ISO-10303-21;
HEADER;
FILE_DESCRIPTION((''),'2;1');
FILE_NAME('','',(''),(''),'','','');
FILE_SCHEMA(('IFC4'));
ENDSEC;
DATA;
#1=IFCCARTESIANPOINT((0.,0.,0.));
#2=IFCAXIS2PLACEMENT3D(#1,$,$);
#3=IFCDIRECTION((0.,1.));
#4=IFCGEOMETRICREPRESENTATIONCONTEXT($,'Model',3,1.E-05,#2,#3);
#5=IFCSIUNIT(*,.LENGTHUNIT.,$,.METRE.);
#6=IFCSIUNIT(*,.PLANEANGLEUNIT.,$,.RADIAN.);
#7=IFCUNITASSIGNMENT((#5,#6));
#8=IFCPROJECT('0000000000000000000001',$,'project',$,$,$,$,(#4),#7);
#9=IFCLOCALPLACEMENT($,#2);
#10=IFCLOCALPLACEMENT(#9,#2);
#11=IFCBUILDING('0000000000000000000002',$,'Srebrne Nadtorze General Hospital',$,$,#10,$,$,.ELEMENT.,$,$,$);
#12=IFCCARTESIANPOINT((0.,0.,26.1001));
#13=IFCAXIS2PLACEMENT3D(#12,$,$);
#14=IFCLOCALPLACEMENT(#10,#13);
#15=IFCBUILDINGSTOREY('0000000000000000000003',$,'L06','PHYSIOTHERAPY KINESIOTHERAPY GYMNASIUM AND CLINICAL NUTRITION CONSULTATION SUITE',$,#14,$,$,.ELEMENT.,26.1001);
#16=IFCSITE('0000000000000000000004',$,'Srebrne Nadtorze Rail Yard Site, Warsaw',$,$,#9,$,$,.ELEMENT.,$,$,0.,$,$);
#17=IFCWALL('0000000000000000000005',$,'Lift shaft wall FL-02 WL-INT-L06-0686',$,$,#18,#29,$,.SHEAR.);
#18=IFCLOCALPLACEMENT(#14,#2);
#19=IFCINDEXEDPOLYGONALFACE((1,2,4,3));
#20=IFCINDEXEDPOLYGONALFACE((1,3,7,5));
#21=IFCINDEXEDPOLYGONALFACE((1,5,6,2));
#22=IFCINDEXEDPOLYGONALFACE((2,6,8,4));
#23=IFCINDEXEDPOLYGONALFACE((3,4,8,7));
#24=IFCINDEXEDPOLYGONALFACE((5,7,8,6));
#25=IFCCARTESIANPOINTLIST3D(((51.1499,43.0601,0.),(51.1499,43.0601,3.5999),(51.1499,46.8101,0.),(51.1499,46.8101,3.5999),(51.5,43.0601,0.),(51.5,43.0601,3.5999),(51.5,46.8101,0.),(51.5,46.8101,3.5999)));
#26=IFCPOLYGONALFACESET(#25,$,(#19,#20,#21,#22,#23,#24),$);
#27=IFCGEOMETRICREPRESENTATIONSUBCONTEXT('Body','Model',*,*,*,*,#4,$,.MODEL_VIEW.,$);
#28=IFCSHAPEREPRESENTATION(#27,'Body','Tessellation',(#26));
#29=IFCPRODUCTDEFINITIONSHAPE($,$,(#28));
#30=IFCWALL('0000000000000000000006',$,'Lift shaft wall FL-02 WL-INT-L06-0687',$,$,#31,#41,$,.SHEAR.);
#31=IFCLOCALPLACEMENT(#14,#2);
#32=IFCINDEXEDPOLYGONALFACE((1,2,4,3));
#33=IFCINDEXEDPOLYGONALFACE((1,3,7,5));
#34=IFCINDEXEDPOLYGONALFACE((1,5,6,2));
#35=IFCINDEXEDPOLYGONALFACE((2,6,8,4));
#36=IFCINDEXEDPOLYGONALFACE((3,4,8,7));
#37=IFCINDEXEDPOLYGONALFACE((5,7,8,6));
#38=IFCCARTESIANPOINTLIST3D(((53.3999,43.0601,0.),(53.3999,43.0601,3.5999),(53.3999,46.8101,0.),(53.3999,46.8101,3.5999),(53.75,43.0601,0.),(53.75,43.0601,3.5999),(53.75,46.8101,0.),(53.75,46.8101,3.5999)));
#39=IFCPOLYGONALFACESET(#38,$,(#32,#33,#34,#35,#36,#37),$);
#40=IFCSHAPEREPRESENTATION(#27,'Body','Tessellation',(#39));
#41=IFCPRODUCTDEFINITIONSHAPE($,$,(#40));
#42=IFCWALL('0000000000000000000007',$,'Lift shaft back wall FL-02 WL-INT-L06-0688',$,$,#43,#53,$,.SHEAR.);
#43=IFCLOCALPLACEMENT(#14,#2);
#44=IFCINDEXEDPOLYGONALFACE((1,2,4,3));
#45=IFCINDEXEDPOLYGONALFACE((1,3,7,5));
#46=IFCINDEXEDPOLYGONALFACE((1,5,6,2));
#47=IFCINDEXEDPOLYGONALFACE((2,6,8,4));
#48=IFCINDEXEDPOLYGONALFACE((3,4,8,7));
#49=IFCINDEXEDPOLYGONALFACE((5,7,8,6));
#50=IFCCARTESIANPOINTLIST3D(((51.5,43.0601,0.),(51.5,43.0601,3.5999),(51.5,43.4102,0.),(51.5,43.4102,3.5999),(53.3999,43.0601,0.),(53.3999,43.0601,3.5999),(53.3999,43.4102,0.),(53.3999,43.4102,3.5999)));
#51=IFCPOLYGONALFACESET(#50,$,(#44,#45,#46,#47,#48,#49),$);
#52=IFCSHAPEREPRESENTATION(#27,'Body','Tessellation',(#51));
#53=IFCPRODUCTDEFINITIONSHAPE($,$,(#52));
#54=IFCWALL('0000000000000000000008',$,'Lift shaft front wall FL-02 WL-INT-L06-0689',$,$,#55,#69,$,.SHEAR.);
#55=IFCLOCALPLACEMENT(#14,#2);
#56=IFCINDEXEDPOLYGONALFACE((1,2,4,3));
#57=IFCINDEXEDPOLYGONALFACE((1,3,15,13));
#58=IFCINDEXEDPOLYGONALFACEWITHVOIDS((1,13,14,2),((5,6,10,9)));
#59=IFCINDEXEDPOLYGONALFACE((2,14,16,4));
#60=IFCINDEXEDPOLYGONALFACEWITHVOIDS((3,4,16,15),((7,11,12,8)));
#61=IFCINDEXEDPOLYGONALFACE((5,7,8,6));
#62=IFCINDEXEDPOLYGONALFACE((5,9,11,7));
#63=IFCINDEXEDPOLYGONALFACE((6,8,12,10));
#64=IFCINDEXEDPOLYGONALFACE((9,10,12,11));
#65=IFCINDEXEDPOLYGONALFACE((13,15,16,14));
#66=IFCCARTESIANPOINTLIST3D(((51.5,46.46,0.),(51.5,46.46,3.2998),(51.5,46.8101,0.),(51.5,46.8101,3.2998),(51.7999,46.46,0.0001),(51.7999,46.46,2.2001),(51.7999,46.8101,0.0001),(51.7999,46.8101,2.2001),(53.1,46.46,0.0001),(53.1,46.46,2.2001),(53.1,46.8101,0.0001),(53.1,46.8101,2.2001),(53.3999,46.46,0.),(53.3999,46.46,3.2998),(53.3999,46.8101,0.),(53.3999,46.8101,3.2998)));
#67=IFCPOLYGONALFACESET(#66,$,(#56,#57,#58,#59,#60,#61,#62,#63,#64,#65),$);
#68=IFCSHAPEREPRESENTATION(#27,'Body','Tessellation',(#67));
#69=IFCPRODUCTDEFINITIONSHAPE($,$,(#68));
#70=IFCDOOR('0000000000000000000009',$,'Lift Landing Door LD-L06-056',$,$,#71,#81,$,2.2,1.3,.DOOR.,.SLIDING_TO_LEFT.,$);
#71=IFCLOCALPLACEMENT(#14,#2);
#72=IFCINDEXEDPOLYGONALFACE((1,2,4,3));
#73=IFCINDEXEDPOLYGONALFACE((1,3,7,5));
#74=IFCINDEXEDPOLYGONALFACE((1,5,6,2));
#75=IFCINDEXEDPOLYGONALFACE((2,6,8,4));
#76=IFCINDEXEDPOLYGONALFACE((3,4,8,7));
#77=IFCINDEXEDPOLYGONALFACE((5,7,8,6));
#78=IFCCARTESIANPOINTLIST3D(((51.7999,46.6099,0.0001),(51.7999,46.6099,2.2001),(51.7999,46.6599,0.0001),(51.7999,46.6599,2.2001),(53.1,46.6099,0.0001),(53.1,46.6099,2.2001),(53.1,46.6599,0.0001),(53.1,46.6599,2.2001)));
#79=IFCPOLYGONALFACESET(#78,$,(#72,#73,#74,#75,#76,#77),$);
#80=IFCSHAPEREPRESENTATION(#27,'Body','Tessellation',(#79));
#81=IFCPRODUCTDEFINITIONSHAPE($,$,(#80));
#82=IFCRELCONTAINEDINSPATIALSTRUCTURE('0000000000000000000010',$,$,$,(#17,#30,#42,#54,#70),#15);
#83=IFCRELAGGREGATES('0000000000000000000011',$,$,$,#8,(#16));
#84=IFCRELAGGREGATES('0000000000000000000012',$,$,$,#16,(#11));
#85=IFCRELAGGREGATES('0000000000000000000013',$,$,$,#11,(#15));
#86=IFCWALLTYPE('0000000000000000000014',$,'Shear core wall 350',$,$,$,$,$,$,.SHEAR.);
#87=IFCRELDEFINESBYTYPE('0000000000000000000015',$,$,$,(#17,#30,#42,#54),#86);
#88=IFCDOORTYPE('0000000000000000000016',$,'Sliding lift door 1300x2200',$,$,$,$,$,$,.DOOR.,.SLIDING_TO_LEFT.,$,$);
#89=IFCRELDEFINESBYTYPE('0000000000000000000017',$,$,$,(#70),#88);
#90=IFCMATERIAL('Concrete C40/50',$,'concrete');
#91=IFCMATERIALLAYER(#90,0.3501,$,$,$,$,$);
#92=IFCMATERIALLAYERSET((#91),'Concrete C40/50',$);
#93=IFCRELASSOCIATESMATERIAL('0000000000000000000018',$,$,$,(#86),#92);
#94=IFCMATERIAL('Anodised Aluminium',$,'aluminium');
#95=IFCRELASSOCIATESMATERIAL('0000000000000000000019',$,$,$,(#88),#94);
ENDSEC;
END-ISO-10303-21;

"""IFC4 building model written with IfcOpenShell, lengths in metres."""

from ifc_helpers import new_model, si_unit, direction, frame, frame_2d, origin, place, context, subcontext, project, spatial, rectangle, extrude, material, layer, layer_set, type_object, element, fill, save


model = new_model("IFC4")

# Units and contexts
model_context = context("Model", 3, precision=1e-05, world=origin(), true_north=direction((0.0, 1.0)))
body_context = subcontext(model_context, "Body", "Model", "MODEL_VIEW")
ifc_project = project(units=[si_unit("LENGTHUNIT", "METRE"), si_unit("PLANEANGLEUNIT", "RADIAN")], contexts=[model_context])

# Site, building, storey
site_placement = place(None, origin())
site = spatial("IfcSite", under=ifc_project, at=site_placement, Name="Srebrne Nadtorze Rail Yard Site, Warsaw", CompositionType="ELEMENT", RefElevation=0.0)
building_placement = place(site_placement, origin())
building = spatial("IfcBuilding", under=site, at=building_placement, Name="Srebrne Nadtorze General Hospital", CompositionType="ELEMENT")
storey_placement = place(building_placement, frame((0.0, 0.0, 26.1001)))
storey = spatial("IfcBuildingStorey", under=building, at=storey_placement, Name="L06", Description="PHYSIOTHERAPY KINESIOTHERAPY GYMNASIUM AND CLINICAL NUTRITION CONSULTATION SUITE", CompositionType="ELEMENT", Elevation=26.1001)

# Shared definitions
ifc_material_1 = material(Name="Concrete C40/50", Category="concrete")
ifc_layer_1 = layer(ifc_material_1, 0.3501)
ifc_layer_set_1 = layer_set([ifc_layer_1], Name="Concrete C40/50")
wall_type_1 = type_object("IfcWallType", Name="Shear core wall 350", PredefinedType="SHEAR", material=ifc_layer_set_1)

# Walls
for number, where, z_axis, x_axis, name in (
    (1, (51.325, 43.0601, 0.0), (0.0, 0.0, 1.0), (0.0, 1.0, 0.0), "Lift shaft wall FL-02 WL-INT-L06-0686"),
    (2, (53.575, 43.0601, 0.0), (0.0, 0.0, 1.0), (0.0, 1.0, 0.0), "Lift shaft wall FL-02 WL-INT-L06-0687"),
):
    element("IfcWall", number, at=place(storey_placement, frame(where, z_axis=z_axis, x_axis=x_axis)), inside=storey, type_object=wall_type_1, Name=name, PredefinedType="SHEAR", context=body_context, shape_type="SweptSolid", body=[
        extrude(rectangle(XDim=3.75, YDim=0.3501, at=frame_2d((1.875, 0.0))), origin(), (0.0, 0.0, 1.0), 3.5999),
    ])
wall_1_placement = place(storey_placement, frame((51.5, 43.2351, 0.0), z_axis=(0.0, 0.0, 1.0), x_axis=(1.0, 0.0, 0.0)))
element("IfcWall", 3, at=wall_1_placement, inside=storey, type_object=wall_type_1, Name="Lift shaft back wall FL-02 WL-INT-L06-0688", PredefinedType="SHEAR", context=body_context, shape_type="SweptSolid", body=[
    extrude(rectangle(XDim=1.8999, YDim=0.3501, at=frame_2d((0.95, 0.0))), origin(), (0.0, 0.0, 1.0), 3.5999),
])

# Wall, opening, door
wall_2_placement = place(storey_placement, frame((51.5, 46.635, 0.0), z_axis=(0.0, 0.0, 1.0), x_axis=(1.0, 0.0, 0.0)))
wall_2 = element("IfcWall", 4, at=wall_2_placement, inside=storey, type_object=wall_type_1, Name="Lift shaft front wall FL-02 WL-INT-L06-0689", PredefinedType="SHEAR", context=body_context, shape_type="SweptSolid", body=[
    extrude(rectangle(XDim=1.8999, YDim=0.3501, at=frame_2d((0.95, 0.0))), origin(), (0.0, 0.0, 1.0), 3.2998),
])
opening_1_placement = place(wall_2_placement, frame((0.3, 0.0, 0.0)))
opening_1 = element("IfcOpeningElement", 5, at=opening_1_placement, cuts=wall_2, PredefinedType="OPENING", context=body_context, shape_type="SweptSolid", body=[
    extrude(rectangle(XDim=1.3, YDim=2.2, at=frame_2d((0.6499, 1.1001))), frame((0.0, 0.187, 0.0), z_axis=(0.0, -1.0, 0.0), x_axis=(1.0, 0.0, 0.0)), (0.0, 0.0, 1.0), 0.374),
])
ifc_material_2 = material(Name="Anodised Aluminium", Category="aluminium")
door_type_1 = type_object("IfcDoorType", Name="Sliding lift door 1300x2200", OperationType="SLIDING_TO_LEFT", PredefinedType="DOOR", material=ifc_material_2)
door_1_placement = place(opening_1_placement, origin())
door_1 = element("IfcDoor", 6, at=door_1_placement, inside=storey, type_object=door_type_1, Name="Lift Landing Door LD-L06-056", OperationType="SLIDING_TO_LEFT", OverallHeight=2.2, OverallWidth=1.3, PredefinedType="DOOR", context=body_context, shape_type="SweptSolid", body=[
    extrude(rectangle(XDim=1.3, YDim=2.2, at=frame_2d((0.6499, 1.1001))), frame((0.0, 0.0249, 0.0), z_axis=(0.0, -1.0, 0.0), x_axis=(1.0, 0.0, 0.0)), (0.0, 0.0, 1.0), 0.05),
])
fill(opening_1, door_1)

save(model, "model.ifc")
